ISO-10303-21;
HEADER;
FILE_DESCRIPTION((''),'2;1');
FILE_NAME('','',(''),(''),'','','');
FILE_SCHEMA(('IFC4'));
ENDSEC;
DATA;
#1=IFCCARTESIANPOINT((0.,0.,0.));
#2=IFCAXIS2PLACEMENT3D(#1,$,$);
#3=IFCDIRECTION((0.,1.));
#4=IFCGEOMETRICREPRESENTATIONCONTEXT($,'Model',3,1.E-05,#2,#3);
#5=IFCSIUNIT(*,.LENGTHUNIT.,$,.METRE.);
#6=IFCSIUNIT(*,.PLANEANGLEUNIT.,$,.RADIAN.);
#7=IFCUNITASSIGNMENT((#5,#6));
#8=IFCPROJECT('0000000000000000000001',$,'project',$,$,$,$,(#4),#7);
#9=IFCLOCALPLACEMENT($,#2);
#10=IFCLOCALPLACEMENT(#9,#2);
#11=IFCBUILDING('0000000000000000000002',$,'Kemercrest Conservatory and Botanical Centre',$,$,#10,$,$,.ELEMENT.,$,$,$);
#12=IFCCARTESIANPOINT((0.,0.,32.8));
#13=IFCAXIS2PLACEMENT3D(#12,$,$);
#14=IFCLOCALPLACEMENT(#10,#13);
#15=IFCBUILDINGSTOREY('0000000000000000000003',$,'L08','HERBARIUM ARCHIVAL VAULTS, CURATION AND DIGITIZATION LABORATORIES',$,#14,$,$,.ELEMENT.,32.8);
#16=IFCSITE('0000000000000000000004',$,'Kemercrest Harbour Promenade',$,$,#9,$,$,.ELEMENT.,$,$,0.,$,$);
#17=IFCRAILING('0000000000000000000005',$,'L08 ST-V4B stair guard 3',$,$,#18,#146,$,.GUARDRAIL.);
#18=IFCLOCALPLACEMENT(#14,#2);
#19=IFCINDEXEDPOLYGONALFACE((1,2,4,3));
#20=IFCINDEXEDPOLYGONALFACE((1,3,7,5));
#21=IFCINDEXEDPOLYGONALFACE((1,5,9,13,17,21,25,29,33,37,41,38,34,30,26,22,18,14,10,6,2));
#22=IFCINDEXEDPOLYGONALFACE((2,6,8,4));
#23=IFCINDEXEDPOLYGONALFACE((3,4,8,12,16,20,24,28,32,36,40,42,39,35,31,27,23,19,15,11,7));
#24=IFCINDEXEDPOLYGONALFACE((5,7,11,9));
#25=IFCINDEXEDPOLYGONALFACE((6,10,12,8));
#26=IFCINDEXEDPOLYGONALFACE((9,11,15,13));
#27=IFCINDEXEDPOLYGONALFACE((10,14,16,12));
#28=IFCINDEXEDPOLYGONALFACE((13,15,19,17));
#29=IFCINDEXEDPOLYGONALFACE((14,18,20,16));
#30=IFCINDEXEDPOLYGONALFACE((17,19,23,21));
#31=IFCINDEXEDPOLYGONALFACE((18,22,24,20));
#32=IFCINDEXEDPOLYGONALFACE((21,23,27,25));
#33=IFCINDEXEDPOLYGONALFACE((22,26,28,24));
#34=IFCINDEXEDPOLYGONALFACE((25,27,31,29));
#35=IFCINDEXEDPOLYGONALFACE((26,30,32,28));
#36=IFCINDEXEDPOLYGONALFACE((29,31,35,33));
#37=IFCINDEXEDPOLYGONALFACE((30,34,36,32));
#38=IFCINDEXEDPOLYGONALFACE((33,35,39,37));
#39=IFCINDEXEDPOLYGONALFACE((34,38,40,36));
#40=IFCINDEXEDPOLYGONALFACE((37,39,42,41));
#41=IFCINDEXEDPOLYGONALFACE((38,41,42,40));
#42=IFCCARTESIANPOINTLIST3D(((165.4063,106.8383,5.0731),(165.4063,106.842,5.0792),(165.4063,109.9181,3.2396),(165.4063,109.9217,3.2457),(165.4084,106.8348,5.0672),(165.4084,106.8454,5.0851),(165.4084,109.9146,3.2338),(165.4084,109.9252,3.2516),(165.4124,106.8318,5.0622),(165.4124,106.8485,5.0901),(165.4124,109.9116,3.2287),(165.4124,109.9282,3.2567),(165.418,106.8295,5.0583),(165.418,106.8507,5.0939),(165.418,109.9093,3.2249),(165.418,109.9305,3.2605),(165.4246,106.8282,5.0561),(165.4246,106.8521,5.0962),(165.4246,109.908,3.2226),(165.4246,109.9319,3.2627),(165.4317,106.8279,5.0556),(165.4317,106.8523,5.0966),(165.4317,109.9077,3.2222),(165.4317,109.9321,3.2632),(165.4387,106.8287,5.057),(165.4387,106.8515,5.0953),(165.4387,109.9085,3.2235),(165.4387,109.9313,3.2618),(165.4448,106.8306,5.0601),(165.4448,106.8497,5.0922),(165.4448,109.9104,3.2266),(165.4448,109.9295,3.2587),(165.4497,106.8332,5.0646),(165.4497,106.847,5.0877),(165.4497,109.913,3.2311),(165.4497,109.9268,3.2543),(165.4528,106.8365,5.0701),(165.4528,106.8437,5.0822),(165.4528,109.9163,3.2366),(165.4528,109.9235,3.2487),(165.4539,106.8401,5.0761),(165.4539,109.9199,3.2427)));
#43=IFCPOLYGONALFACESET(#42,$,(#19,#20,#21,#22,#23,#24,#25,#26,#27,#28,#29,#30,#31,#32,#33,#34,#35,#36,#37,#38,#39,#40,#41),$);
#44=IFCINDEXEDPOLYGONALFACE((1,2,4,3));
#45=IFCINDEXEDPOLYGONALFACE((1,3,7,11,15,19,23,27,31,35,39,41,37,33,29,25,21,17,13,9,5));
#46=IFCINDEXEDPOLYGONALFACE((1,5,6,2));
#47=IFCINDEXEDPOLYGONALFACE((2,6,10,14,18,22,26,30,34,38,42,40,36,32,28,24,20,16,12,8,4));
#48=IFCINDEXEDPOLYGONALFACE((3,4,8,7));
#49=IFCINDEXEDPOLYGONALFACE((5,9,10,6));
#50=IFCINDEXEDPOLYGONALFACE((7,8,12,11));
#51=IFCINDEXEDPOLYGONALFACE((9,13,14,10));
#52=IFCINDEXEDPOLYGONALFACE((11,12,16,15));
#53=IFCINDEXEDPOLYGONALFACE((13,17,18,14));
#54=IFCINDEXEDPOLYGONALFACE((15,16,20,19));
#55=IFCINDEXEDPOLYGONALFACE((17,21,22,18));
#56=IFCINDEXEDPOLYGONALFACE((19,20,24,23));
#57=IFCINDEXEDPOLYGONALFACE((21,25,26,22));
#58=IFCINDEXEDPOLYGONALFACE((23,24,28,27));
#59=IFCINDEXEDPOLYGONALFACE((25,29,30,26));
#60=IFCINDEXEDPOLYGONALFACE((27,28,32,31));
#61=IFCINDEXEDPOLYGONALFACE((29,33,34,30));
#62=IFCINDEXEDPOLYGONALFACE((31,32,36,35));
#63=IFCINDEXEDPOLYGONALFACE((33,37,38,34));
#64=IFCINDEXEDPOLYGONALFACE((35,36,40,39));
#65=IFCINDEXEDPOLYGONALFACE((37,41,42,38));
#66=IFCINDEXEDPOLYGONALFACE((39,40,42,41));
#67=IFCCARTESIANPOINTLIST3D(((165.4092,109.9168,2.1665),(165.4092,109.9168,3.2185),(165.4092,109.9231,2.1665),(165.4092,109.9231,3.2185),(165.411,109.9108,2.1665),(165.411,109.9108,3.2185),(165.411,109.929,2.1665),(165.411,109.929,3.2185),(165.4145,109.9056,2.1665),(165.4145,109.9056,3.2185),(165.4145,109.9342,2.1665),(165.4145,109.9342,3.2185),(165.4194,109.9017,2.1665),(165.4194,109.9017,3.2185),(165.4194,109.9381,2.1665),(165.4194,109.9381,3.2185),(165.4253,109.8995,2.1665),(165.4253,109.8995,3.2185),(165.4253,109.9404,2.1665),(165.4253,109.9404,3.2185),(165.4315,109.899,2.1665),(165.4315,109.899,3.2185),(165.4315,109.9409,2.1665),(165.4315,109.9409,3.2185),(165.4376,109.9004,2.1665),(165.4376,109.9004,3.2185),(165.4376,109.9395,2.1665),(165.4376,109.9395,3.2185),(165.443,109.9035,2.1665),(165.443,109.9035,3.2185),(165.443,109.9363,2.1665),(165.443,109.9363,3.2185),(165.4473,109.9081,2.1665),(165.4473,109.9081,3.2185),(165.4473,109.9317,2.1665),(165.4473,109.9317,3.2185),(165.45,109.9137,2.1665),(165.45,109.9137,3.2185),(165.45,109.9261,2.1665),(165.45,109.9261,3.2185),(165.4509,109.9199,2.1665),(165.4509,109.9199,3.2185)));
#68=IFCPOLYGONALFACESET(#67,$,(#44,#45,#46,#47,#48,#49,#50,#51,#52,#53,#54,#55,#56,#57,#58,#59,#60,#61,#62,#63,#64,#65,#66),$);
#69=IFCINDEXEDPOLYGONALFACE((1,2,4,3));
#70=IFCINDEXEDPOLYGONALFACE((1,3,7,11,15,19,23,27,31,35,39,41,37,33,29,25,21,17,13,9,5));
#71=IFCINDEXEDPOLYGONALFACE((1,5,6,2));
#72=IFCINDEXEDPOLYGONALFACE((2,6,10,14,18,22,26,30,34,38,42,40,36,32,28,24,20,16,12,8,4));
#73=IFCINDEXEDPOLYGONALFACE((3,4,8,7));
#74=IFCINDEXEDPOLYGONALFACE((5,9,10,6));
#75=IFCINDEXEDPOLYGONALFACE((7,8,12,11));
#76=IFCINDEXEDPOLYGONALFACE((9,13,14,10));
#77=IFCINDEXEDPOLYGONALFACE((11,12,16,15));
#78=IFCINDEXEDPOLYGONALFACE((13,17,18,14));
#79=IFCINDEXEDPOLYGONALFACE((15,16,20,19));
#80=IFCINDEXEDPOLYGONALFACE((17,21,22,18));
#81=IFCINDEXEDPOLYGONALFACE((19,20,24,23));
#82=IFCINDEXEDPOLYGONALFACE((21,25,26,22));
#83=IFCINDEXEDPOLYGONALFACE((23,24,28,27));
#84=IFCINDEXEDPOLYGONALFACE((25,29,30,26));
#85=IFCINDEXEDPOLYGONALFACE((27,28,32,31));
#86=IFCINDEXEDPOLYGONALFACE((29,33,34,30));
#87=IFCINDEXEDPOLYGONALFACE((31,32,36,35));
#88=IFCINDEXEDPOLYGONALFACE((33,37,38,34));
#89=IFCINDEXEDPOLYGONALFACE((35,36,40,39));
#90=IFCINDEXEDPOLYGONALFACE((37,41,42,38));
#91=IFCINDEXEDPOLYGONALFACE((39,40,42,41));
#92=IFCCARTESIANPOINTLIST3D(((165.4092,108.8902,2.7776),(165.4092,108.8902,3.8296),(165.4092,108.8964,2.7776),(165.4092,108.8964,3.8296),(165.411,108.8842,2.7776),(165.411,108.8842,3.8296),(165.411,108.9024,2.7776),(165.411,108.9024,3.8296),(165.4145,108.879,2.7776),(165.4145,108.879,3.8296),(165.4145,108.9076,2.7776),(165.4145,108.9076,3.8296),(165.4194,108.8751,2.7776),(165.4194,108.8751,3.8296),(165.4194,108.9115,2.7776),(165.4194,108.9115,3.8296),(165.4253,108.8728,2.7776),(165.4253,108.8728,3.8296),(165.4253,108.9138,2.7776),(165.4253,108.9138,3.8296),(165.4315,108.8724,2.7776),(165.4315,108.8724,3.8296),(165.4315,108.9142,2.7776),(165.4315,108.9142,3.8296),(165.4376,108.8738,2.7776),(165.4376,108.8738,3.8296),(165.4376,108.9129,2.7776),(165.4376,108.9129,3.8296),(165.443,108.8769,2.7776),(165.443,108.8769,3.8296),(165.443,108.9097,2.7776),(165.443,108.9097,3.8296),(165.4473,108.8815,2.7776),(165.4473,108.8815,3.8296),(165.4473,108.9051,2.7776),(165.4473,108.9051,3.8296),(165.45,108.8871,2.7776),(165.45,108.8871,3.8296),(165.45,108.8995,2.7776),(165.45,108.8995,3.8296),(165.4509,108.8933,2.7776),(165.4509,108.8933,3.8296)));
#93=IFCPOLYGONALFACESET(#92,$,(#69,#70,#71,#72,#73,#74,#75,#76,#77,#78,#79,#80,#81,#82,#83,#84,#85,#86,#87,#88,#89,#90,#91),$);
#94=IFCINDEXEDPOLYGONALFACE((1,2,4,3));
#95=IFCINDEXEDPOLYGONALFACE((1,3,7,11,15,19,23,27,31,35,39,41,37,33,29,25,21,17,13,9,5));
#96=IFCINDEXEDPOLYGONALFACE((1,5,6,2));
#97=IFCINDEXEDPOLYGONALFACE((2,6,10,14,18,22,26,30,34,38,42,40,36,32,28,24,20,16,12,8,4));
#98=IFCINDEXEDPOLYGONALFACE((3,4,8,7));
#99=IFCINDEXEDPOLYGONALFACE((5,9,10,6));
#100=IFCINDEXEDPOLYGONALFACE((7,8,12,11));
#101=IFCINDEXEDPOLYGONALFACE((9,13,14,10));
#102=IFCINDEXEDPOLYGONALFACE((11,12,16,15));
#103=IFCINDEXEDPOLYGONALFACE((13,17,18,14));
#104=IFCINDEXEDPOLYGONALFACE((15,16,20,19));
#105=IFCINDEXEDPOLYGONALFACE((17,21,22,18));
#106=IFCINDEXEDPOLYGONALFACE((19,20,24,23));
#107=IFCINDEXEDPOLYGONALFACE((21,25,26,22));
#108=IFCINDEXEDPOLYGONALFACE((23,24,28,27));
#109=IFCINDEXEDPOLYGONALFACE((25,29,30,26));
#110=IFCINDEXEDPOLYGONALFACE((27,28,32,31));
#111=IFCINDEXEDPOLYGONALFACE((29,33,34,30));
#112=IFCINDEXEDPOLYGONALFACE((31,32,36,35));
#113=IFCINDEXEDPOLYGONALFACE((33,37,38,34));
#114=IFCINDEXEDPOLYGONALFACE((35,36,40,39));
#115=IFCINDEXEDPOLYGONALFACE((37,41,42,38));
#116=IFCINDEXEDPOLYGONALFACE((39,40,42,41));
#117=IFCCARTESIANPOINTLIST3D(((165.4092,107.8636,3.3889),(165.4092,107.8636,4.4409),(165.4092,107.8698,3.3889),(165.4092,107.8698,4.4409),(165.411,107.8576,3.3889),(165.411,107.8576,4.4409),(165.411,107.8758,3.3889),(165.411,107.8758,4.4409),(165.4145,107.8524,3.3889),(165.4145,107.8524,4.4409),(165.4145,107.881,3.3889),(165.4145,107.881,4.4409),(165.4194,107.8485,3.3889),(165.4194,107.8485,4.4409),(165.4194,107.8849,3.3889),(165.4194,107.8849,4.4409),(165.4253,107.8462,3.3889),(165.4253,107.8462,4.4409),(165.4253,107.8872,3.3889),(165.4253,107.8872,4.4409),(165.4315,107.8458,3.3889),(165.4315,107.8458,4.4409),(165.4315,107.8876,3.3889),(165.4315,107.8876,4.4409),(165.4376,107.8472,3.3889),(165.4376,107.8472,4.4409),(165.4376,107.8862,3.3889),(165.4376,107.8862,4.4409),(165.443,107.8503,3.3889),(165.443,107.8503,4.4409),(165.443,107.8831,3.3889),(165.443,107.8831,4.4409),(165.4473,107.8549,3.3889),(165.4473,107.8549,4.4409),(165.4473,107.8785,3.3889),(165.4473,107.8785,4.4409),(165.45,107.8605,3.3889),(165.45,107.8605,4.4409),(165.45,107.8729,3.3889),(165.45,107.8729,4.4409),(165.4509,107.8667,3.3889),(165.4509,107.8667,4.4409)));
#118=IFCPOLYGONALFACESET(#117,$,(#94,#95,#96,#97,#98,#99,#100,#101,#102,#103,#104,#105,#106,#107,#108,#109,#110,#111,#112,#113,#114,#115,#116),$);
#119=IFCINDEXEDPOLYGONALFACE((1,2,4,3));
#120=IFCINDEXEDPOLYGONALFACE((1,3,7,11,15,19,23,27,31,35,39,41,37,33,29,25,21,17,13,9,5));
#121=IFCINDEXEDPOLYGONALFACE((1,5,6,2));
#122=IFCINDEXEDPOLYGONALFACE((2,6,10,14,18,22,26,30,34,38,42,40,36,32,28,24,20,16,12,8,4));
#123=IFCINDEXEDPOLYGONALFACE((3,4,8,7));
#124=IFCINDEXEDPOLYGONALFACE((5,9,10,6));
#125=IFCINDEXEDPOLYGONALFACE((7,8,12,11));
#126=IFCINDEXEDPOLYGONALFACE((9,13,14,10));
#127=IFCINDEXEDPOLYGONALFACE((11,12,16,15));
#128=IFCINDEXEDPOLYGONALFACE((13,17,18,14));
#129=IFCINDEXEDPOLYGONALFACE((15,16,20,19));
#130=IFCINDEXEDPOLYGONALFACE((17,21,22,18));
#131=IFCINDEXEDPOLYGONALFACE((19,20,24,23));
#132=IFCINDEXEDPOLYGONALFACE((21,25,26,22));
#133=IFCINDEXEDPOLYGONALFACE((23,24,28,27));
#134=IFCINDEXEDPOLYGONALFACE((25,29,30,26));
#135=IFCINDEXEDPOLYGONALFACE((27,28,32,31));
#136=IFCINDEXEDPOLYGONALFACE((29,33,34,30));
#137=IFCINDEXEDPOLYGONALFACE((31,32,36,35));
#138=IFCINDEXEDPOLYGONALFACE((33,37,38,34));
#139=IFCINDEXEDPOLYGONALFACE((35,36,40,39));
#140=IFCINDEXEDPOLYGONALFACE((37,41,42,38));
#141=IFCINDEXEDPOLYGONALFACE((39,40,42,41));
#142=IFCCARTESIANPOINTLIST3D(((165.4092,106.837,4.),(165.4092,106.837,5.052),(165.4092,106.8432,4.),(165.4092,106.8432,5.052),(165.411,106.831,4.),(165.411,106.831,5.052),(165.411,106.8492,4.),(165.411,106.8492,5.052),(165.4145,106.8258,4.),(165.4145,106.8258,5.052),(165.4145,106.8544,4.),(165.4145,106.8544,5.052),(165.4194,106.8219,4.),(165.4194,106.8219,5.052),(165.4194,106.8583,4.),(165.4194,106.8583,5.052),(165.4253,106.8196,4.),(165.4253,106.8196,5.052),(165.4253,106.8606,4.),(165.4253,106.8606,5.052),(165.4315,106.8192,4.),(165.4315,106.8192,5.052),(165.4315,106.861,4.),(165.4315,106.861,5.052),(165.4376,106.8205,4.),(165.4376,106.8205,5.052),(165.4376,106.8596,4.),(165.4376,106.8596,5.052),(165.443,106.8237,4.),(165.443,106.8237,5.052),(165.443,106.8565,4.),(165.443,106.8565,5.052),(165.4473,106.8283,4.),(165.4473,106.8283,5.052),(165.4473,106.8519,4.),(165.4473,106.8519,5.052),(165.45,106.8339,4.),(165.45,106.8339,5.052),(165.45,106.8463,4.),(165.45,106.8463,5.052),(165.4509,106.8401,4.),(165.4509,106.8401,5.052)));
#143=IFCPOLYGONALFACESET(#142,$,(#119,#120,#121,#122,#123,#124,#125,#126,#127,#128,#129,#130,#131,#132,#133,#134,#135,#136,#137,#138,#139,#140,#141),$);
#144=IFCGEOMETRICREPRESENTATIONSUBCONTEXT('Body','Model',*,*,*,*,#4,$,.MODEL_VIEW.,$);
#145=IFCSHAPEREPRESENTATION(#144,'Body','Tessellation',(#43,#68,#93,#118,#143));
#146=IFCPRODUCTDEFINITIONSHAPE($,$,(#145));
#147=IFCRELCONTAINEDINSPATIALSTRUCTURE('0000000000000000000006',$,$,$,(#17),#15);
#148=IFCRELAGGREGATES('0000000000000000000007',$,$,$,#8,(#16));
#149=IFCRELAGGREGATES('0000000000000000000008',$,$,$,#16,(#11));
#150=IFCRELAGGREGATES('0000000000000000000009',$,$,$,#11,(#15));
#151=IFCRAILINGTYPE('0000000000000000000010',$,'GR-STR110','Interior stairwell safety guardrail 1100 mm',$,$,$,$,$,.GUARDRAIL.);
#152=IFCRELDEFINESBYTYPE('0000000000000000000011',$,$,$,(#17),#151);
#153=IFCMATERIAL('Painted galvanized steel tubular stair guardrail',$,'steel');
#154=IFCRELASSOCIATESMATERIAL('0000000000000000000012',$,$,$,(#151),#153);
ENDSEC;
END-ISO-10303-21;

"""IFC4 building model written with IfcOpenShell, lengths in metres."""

from ifc_helpers import new_model, si_unit, direction, frame, origin, origin_2d, place, context, subcontext, project, spatial, circle, extrude, material, type_object, element, save


model = new_model("IFC4")

# Units and contexts
model_context = context("Model", 3, precision=1e-05, world=origin(), true_north=direction((0.0, 1.0)))
body_context = subcontext(model_context, "Body", "Model", "MODEL_VIEW")
ifc_project = project(units=[si_unit("LENGTHUNIT", "METRE"), si_unit("PLANEANGLEUNIT", "RADIAN")], contexts=[model_context])

# Site, building, storey
site_placement = place(None, origin())
site = spatial("IfcSite", under=ifc_project, at=site_placement, Name="Kemercrest Harbour Promenade", CompositionType="ELEMENT", RefElevation=0.0)
building_placement = place(site_placement, origin())
building = spatial("IfcBuilding", under=site, at=building_placement, Name="Kemercrest Conservatory and Botanical Centre", CompositionType="ELEMENT")
storey_placement = place(building_placement, frame((0.0, 0.0, 32.8)))
storey = spatial("IfcBuildingStorey", under=building, at=storey_placement, Name="L08", Description="HERBARIUM ARCHIVAL VAULTS, CURATION AND DIGITIZATION LABORATORIES", CompositionType="ELEMENT", Elevation=32.8)

# Railing
ifc_material_1 = material(Name="Painted galvanized steel tubular stair guardrail", Category="steel")
railing_type_1 = type_object("IfcRailingType", Name="GR-STR110", Description="Interior stairwell safety guardrail 1100 mm", PredefinedType="GUARDRAIL", material=ifc_material_1)
railing_1_placement = place(storey_placement, frame((165.4299, 109.9199, 2.1665)))
element("IfcRailing", 1, at=railing_1_placement, inside=storey, type_object=railing_type_1, Name="L08 ST-V4B stair guard 3", PredefinedType="GUARDRAIL", context=body_context, shape_type="SweptSolid", body=[
    extrude(circle(Radius=0.0239, at=origin_2d()), frame((0.0, 0.0, 1.0762), z_axis=(0.0, -0.859261, 0.511538), x_axis=(1.0, 0.0, 0.0)), (0.0, 0.0, 1.0), 3.5842),
    extrude(circle(Radius=0.021, at=origin_2d()), origin(), (0.0, 0.0, 1.0), 1.052),
    extrude(circle(Radius=0.021, at=origin_2d()), frame((0.0, -1.0266, 0.6111)), (0.0, 0.0, 1.0), 1.052),
    extrude(circle(Radius=0.021, at=origin_2d()), frame((0.0, -2.0532, 1.2224)), (0.0, 0.0, 1.0), 1.052),
    extrude(circle(Radius=0.021, at=origin_2d()), frame((0.0, -3.0798, 1.8335)), (0.0, 0.0, 1.0), 1.052),
])

save(model, "model.ifc")
